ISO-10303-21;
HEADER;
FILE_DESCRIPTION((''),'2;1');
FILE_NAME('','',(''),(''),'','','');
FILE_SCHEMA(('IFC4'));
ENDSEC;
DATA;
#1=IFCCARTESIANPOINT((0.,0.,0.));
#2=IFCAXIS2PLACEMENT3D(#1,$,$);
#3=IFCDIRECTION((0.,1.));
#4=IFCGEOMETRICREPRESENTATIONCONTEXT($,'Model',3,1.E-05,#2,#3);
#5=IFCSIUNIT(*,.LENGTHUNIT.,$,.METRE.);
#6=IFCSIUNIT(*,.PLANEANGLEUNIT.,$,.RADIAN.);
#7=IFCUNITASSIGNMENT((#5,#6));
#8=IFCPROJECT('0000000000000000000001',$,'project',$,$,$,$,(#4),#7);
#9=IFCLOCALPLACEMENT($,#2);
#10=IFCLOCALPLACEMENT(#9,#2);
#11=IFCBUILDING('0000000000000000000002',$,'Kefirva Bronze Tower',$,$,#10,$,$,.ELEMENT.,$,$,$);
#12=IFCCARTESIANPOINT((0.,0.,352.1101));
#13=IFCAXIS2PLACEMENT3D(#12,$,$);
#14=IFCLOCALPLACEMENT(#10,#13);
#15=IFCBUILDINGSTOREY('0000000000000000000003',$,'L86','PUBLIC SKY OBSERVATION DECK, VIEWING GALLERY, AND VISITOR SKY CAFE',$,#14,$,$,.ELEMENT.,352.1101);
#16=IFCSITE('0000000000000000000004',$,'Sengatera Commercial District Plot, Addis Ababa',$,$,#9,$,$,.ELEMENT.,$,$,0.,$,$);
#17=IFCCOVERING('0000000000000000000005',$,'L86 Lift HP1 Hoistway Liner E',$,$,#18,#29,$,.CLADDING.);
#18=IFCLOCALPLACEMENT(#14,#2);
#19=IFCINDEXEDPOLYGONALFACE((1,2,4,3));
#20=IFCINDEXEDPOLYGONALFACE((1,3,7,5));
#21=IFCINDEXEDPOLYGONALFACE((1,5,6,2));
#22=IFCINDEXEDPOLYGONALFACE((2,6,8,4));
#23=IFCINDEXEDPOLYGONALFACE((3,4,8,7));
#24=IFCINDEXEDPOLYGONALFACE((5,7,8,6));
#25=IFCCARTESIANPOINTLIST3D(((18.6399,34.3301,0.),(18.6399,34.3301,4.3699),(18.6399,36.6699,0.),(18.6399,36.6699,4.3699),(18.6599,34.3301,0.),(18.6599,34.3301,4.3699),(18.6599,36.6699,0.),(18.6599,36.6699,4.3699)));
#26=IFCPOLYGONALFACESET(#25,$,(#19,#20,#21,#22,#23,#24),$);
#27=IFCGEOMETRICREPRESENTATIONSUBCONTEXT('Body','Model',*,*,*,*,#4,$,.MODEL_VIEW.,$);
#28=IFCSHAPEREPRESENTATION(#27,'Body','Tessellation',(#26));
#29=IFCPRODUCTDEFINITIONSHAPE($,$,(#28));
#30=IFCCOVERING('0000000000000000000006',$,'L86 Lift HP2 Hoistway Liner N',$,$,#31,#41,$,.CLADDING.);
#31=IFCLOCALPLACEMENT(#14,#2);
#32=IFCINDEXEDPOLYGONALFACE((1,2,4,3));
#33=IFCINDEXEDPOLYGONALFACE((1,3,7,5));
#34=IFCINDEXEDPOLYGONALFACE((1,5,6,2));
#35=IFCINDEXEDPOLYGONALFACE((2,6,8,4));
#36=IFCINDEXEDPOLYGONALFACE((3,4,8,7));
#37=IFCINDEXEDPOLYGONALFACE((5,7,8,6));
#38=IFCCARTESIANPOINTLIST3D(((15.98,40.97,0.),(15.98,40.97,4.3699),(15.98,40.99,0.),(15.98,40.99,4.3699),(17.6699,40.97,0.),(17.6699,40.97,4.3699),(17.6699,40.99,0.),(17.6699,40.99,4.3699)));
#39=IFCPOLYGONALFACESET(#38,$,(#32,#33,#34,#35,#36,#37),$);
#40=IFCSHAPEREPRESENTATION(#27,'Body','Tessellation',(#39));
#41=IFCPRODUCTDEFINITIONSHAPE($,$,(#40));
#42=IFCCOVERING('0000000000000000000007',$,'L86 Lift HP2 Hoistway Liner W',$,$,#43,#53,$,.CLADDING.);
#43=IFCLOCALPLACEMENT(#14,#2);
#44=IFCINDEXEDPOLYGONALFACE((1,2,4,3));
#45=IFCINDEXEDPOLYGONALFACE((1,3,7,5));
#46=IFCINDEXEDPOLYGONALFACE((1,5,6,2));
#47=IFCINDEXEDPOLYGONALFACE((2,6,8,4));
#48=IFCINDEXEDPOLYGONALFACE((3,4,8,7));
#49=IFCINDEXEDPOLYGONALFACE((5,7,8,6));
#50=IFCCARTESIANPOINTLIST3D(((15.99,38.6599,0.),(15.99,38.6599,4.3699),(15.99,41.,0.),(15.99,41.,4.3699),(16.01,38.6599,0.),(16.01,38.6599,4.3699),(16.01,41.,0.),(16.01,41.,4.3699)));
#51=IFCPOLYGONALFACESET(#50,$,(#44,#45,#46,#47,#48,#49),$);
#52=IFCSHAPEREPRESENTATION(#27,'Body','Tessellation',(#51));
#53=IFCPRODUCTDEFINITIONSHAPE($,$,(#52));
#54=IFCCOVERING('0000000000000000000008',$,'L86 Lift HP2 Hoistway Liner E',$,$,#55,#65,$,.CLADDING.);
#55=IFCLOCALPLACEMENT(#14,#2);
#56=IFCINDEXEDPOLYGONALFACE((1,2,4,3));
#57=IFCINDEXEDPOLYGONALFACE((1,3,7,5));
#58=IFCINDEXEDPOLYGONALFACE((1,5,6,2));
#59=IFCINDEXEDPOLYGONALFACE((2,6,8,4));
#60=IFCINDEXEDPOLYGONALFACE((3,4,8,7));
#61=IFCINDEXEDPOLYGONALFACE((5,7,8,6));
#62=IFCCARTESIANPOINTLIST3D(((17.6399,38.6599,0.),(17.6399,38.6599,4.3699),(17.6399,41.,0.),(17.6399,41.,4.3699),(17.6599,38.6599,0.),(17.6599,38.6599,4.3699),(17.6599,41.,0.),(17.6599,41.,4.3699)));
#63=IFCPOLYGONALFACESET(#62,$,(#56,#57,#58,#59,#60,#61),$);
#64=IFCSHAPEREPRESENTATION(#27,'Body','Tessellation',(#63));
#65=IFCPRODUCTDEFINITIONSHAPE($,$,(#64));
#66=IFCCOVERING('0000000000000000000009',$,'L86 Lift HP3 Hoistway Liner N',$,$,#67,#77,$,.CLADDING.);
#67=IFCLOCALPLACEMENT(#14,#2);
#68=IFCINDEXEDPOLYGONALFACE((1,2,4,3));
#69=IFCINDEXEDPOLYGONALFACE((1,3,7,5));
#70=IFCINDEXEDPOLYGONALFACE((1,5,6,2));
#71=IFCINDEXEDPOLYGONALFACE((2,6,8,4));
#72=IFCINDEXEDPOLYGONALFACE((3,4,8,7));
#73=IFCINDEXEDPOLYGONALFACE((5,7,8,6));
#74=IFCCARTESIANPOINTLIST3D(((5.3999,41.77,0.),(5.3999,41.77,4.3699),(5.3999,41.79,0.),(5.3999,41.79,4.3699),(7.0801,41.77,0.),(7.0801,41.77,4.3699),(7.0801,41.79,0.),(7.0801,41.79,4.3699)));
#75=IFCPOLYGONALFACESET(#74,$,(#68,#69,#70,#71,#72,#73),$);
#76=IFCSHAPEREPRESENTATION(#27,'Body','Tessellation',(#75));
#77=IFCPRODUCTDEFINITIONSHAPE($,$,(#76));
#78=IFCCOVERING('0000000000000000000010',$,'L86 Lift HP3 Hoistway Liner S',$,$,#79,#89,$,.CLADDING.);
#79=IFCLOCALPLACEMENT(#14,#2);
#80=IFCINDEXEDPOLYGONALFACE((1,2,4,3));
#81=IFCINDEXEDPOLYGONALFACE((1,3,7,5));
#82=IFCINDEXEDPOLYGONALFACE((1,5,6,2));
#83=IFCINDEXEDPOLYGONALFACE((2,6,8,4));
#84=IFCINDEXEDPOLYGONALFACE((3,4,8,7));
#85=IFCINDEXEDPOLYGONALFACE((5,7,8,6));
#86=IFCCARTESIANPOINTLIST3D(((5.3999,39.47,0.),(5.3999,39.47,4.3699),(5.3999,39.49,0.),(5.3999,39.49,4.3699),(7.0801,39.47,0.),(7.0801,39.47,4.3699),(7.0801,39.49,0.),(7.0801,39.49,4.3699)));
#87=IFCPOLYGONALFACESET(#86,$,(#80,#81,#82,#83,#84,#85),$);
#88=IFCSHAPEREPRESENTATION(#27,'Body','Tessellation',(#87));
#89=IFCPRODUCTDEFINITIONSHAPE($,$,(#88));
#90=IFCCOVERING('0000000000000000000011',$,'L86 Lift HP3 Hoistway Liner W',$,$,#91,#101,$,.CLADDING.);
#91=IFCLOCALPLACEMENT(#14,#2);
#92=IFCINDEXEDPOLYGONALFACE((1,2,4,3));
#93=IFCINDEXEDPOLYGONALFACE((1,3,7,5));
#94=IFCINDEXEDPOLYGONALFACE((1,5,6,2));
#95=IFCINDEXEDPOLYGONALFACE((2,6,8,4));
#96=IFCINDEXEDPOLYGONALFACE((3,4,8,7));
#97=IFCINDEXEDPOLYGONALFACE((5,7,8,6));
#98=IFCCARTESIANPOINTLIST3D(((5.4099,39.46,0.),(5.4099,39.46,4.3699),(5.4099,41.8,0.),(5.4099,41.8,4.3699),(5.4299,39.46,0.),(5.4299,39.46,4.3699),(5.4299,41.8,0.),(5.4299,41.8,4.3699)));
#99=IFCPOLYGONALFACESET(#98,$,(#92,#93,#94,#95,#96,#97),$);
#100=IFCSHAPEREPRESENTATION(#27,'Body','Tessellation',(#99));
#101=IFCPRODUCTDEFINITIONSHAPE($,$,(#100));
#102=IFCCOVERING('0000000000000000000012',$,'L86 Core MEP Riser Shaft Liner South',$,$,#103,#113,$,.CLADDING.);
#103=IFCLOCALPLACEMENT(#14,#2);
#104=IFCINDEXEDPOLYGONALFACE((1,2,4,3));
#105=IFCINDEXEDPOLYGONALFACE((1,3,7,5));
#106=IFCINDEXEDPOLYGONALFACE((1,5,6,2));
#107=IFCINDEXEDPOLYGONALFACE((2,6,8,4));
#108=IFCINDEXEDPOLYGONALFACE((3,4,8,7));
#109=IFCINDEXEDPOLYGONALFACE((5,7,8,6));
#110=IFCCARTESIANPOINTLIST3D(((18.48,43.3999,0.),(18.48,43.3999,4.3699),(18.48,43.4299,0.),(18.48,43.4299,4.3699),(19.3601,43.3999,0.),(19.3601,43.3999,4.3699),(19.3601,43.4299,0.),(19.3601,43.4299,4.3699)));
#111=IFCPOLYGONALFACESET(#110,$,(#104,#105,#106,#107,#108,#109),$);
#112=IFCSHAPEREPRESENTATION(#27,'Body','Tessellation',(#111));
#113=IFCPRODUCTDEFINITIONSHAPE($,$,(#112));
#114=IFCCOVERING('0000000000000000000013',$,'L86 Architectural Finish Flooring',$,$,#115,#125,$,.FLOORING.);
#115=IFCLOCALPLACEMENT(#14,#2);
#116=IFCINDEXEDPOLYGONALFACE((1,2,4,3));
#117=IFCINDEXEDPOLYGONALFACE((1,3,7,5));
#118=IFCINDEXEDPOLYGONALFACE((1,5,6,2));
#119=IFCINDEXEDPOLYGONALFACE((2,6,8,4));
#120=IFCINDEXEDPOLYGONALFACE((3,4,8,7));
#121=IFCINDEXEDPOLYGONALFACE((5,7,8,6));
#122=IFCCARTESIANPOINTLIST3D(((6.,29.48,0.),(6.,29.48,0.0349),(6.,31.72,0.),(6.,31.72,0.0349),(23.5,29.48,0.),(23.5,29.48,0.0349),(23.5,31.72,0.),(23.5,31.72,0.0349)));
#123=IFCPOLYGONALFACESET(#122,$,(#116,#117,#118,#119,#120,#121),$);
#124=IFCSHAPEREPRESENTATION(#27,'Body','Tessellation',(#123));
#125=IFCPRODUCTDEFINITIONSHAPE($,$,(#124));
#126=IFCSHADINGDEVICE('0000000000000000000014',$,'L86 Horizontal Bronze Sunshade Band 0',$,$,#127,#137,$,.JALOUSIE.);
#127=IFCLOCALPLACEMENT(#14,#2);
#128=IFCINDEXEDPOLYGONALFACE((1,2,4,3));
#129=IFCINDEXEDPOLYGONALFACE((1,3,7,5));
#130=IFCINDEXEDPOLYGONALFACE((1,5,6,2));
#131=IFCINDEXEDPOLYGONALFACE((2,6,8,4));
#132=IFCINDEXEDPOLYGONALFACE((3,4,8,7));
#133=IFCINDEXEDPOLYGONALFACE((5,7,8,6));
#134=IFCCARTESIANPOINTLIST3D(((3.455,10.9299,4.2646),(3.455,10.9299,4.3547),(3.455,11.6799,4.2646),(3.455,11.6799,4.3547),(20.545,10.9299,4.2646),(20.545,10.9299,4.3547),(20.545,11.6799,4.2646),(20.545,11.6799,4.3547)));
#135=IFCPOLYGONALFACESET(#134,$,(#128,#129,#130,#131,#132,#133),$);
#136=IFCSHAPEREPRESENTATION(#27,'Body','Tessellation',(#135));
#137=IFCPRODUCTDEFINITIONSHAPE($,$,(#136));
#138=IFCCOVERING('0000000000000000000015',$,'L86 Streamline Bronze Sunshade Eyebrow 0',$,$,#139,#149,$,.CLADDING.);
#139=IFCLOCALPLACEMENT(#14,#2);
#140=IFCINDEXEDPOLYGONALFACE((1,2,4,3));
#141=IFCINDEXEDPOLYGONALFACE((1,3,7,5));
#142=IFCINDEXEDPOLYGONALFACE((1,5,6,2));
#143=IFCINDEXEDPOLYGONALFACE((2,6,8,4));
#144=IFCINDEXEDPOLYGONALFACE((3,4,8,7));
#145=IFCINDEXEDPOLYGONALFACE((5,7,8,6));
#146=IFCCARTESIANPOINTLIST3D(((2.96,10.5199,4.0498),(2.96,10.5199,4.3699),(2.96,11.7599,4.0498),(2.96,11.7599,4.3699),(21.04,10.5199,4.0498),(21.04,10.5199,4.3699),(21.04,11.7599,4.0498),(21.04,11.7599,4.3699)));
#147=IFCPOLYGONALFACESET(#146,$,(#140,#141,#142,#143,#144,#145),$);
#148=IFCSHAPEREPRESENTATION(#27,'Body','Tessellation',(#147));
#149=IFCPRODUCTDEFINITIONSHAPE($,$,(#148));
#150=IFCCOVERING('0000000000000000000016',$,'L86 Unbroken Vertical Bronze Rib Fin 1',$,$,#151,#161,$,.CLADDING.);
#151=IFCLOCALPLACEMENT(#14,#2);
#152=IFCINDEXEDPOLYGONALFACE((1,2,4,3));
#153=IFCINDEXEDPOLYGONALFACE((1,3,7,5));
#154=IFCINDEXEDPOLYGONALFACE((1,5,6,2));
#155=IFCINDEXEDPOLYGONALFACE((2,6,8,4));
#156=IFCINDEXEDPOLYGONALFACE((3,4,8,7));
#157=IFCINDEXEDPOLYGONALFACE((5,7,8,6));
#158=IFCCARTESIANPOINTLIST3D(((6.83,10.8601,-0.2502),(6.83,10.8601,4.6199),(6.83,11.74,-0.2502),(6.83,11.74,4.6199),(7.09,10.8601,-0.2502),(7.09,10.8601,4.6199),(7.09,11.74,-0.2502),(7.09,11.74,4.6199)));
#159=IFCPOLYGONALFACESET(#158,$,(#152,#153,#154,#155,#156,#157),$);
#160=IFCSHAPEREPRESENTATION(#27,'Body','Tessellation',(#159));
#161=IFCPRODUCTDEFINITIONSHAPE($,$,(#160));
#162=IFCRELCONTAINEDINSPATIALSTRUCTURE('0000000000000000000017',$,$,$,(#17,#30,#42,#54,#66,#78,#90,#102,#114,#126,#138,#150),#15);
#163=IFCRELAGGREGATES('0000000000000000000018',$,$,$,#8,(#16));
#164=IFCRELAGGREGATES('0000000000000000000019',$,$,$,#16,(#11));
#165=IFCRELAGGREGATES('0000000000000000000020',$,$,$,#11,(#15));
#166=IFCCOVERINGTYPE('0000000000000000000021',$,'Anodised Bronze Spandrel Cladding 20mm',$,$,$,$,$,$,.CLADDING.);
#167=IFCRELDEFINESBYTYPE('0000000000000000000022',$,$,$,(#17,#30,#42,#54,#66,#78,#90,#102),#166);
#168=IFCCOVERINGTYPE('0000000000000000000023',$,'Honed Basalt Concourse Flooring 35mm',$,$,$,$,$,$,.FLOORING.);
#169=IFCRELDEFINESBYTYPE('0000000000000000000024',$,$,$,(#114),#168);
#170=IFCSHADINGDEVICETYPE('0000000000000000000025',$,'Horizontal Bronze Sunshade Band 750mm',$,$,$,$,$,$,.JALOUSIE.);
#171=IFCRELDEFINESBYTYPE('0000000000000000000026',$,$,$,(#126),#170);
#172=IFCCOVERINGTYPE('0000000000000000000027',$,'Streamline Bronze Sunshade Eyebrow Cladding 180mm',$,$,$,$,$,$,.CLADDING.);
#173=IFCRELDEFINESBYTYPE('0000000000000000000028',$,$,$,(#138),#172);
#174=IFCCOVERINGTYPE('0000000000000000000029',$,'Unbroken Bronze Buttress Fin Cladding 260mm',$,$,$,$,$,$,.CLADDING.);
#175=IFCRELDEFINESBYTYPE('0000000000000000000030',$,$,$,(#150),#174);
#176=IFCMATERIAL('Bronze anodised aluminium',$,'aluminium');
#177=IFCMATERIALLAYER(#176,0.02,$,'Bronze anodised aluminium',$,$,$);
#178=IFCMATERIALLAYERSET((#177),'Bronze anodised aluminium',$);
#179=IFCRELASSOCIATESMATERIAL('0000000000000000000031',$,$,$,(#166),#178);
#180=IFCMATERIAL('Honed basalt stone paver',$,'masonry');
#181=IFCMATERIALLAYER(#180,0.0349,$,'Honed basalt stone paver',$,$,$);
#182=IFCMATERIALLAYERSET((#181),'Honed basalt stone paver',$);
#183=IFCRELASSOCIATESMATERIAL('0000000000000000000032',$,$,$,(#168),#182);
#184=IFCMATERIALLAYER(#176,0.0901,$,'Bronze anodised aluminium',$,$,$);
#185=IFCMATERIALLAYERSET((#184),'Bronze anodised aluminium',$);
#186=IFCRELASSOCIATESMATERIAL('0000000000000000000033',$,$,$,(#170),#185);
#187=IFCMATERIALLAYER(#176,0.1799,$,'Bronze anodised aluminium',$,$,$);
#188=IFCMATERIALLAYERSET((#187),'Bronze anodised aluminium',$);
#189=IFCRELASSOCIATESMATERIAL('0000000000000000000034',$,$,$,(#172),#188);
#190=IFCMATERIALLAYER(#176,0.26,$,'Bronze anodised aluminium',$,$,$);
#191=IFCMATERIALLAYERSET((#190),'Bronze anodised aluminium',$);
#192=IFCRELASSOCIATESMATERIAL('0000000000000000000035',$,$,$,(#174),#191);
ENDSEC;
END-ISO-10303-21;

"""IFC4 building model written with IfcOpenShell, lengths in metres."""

from ifc_helpers import new_model, si_unit, direction, frame, origin, origin_2d, place, context, subcontext, project, spatial, polyline, rectangle, outline, extrude, material, layer, layer_set, type_object, element, save


model = new_model("IFC4")

# Units and contexts
model_context = context("Model", 3, precision=1e-05, world=origin(), true_north=direction((0.0, 1.0)))
body_context = subcontext(model_context, "Body", "Model", "MODEL_VIEW")
ifc_project = project(units=[si_unit("LENGTHUNIT", "METRE"), si_unit("PLANEANGLEUNIT", "RADIAN")], contexts=[model_context])

# Site, building, storey
site_placement = place(None, origin())
site = spatial("IfcSite", under=ifc_project, at=site_placement, Name="Sengatera Commercial District Plot, Addis Ababa", CompositionType="ELEMENT", RefElevation=0.0)
building_placement = place(site_placement, origin())
building = spatial("IfcBuilding", under=site, at=building_placement, Name="Kefirva Bronze Tower", CompositionType="ELEMENT")
storey_placement = place(building_placement, frame((0.0, 0.0, 352.1101)))
storey = spatial("IfcBuildingStorey", under=building, at=storey_placement, Name="L86", Description="PUBLIC SKY OBSERVATION DECK, VIEWING GALLERY, AND VISITOR SKY CAFE", CompositionType="ELEMENT", Elevation=352.1101)

# Coverings
ifc_material_1 = material(Name="Bronze anodised aluminium", Category="aluminium")
ifc_layer_1 = layer(ifc_material_1, 0.02, Name="Bronze anodised aluminium")
ifc_layer_set_1 = layer_set([ifc_layer_1], Name="Bronze anodised aluminium")
covering_type_1 = type_object("IfcCoveringType", Name="Anodised Bronze Spandrel Cladding 20mm", PredefinedType="CLADDING", material=ifc_layer_set_1)
covering_1_placement = place(storey_placement, origin())
element("IfcCovering", 1, at=covering_1_placement, inside=storey, type_object=covering_type_1, Name="L86 Lift HP1 Hoistway Liner E", PredefinedType="CLADDING", context=body_context, shape_type="SweptSolid", body=[
    extrude(outline(polyline([(18.6399, 34.3301), (18.6599, 34.3301), (18.6599, 36.6699), (18.6399, 36.6699), (18.6399, 34.3301)])), origin(), (0.0, 0.0, 1.0), 4.3699),
])
covering_2_placement = place(storey_placement, origin())
element("IfcCovering", 2, at=covering_2_placement, inside=storey, type_object=covering_type_1, Name="L86 Lift HP2 Hoistway Liner N", PredefinedType="CLADDING", context=body_context, shape_type="SweptSolid", body=[
    extrude(outline(polyline([(15.98, 40.97), (17.6699, 40.97), (17.6699, 40.99), (15.98, 40.99), (15.98, 40.97)])), origin(), (0.0, 0.0, 1.0), 4.3699),
])
covering_3_placement = place(storey_placement, origin())
element("IfcCovering", 3, at=covering_3_placement, inside=storey, type_object=covering_type_1, Name="L86 Lift HP2 Hoistway Liner W", PredefinedType="CLADDING", context=body_context, shape_type="SweptSolid", body=[
    extrude(outline(polyline([(15.99, 38.6599), (16.01, 38.6599), (16.01, 41.0), (15.99, 41.0), (15.99, 38.6599)])), origin(), (0.0, 0.0, 1.0), 4.3699),
])
covering_4_placement = place(storey_placement, origin())
element("IfcCovering", 4, at=covering_4_placement, inside=storey, type_object=covering_type_1, Name="L86 Lift HP2 Hoistway Liner E", PredefinedType="CLADDING", context=body_context, shape_type="SweptSolid", body=[
    extrude(outline(polyline([(17.6399, 38.6599), (17.6599, 38.6599), (17.6599, 41.0), (17.6399, 41.0), (17.6399, 38.6599)])), origin(), (0.0, 0.0, 1.0), 4.3699),
])
covering_5_placement = place(storey_placement, origin())
element("IfcCovering", 5, at=covering_5_placement, inside=storey, type_object=covering_type_1, Name="L86 Lift HP3 Hoistway Liner N", PredefinedType="CLADDING", context=body_context, shape_type="SweptSolid", body=[
    extrude(outline(polyline([(5.3999, 41.77), (7.0801, 41.77), (7.0801, 41.79), (5.3999, 41.79), (5.3999, 41.77)])), origin(), (0.0, 0.0, 1.0), 4.3699),
])
covering_6_placement = place(storey_placement, origin())
element("IfcCovering", 6, at=covering_6_placement, inside=storey, type_object=covering_type_1, Name="L86 Lift HP3 Hoistway Liner S", PredefinedType="CLADDING", context=body_context, shape_type="SweptSolid", body=[
    extrude(outline(polyline([(5.3999, 39.47), (7.0801, 39.47), (7.0801, 39.49), (5.3999, 39.49), (5.3999, 39.47)])), origin(), (0.0, 0.0, 1.0), 4.3699),
])
covering_7_placement = place(storey_placement, origin())
element("IfcCovering", 7, at=covering_7_placement, inside=storey, type_object=covering_type_1, Name="L86 Lift HP3 Hoistway Liner W", PredefinedType="CLADDING", context=body_context, shape_type="SweptSolid", body=[
    extrude(outline(polyline([(5.4099, 39.46), (5.4299, 39.46), (5.4299, 41.8), (5.4099, 41.8), (5.4099, 39.46)])), origin(), (0.0, 0.0, 1.0), 4.3699),
])
covering_8_placement = place(storey_placement, origin())
element("IfcCovering", 8, at=covering_8_placement, inside=storey, type_object=covering_type_1, Name="L86 Core MEP Riser Shaft Liner South", PredefinedType="CLADDING", context=body_context, shape_type="SweptSolid", body=[
    extrude(outline(polyline([(18.48, 43.3999), (19.3601, 43.3999), (19.3601, 43.4299), (18.48, 43.4299), (18.48, 43.3999)])), origin(), (0.0, 0.0, 1.0), 4.3699),
])
ifc_material_2 = material(Name="Honed basalt stone paver", Category="masonry")
ifc_layer_2 = layer(ifc_material_2, 0.0349, Name="Honed basalt stone paver")
ifc_layer_set_2 = layer_set([ifc_layer_2], Name="Honed basalt stone paver")
covering_type_2 = type_object("IfcCoveringType", Name="Honed Basalt Concourse Flooring 35mm", PredefinedType="FLOORING", material=ifc_layer_set_2)
covering_9_placement = place(storey_placement, origin())
element("IfcCovering", 9, at=covering_9_placement, inside=storey, type_object=covering_type_2, Name="L86 Architectural Finish Flooring", PredefinedType="FLOORING", context=body_context, shape_type="SweptSolid", body=[
    extrude(outline(polyline([(6.0, 29.48), (23.5, 29.48), (23.5, 31.72), (6.0, 31.72), (6.0, 29.48)])), origin(), (0.0, 0.0, 1.0), 0.0349),
])

# Shading device
ifc_layer_3 = layer(ifc_material_1, 0.0901, Name="Bronze anodised aluminium")
ifc_layer_set_3 = layer_set([ifc_layer_3], Name="Bronze anodised aluminium")
shading_device_type = type_object("IfcShadingDeviceType", Name="Horizontal Bronze Sunshade Band 750mm", PredefinedType="JALOUSIE", material=ifc_layer_set_3)
shading_device_placement = place(storey_placement, frame((12.0, 11.3049, 4.2646), z_axis=(0.0, 0.0, 1.0), x_axis=(1.0, 0.0, 0.0)))
element("IfcShadingDevice", 10, at=shading_device_placement, inside=storey, type_object=shading_device_type, Name="L86 Horizontal Bronze Sunshade Band 0", PredefinedType="JALOUSIE", context=body_context, shape_type="SweptSolid", body=[
    extrude(rectangle(XDim=17.0901, YDim=0.75, at=origin_2d()), origin(), (0.0, 0.0, 1.0), 0.0901),
])

# Coverings
ifc_layer_4 = layer(ifc_material_1, 0.1799, Name="Bronze anodised aluminium")
ifc_layer_set_4 = layer_set([ifc_layer_4], Name="Bronze anodised aluminium")
covering_type_3 = type_object("IfcCoveringType", Name="Streamline Bronze Sunshade Eyebrow Cladding 180mm", PredefinedType="CLADDING", material=ifc_layer_set_4)
covering_10_placement = place(storey_placement, frame((12.0, 11.1399, 4.0498), z_axis=(0.0, 0.0, 1.0), x_axis=(1.0, 0.0, 0.0)))
element("IfcCovering", 11, at=covering_10_placement, inside=storey, type_object=covering_type_3, Name="L86 Streamline Bronze Sunshade Eyebrow 0", PredefinedType="CLADDING", context=body_context, shape_type="SweptSolid", body=[
    extrude(rectangle(XDim=18.0801, YDim=1.24, at=origin_2d()), origin(), (0.0, 0.0, 1.0), 0.3201),
])
ifc_layer_5 = layer(ifc_material_1, 0.26, Name="Bronze anodised aluminium")
ifc_layer_set_5 = layer_set([ifc_layer_5], Name="Bronze anodised aluminium")
covering_type_4 = type_object("IfcCoveringType", Name="Unbroken Bronze Buttress Fin Cladding 260mm", PredefinedType="CLADDING", material=ifc_layer_set_5)
covering_11_placement = place(storey_placement, frame((6.96, 11.3, -0.2502), z_axis=(0.0, 0.0, 1.0), x_axis=(1.0, 0.0, 0.0)))
element("IfcCovering", 12, at=covering_11_placement, inside=storey, type_object=covering_type_4, Name="L86 Unbroken Vertical Bronze Rib Fin 1", PredefinedType="CLADDING", context=body_context, shape_type="SweptSolid", body=[
    extrude(rectangle(XDim=0.26, YDim=0.8799, at=origin_2d()), origin(), (0.0, 0.0, 1.0), 4.8701),
])

save(model, "model.ifc")
